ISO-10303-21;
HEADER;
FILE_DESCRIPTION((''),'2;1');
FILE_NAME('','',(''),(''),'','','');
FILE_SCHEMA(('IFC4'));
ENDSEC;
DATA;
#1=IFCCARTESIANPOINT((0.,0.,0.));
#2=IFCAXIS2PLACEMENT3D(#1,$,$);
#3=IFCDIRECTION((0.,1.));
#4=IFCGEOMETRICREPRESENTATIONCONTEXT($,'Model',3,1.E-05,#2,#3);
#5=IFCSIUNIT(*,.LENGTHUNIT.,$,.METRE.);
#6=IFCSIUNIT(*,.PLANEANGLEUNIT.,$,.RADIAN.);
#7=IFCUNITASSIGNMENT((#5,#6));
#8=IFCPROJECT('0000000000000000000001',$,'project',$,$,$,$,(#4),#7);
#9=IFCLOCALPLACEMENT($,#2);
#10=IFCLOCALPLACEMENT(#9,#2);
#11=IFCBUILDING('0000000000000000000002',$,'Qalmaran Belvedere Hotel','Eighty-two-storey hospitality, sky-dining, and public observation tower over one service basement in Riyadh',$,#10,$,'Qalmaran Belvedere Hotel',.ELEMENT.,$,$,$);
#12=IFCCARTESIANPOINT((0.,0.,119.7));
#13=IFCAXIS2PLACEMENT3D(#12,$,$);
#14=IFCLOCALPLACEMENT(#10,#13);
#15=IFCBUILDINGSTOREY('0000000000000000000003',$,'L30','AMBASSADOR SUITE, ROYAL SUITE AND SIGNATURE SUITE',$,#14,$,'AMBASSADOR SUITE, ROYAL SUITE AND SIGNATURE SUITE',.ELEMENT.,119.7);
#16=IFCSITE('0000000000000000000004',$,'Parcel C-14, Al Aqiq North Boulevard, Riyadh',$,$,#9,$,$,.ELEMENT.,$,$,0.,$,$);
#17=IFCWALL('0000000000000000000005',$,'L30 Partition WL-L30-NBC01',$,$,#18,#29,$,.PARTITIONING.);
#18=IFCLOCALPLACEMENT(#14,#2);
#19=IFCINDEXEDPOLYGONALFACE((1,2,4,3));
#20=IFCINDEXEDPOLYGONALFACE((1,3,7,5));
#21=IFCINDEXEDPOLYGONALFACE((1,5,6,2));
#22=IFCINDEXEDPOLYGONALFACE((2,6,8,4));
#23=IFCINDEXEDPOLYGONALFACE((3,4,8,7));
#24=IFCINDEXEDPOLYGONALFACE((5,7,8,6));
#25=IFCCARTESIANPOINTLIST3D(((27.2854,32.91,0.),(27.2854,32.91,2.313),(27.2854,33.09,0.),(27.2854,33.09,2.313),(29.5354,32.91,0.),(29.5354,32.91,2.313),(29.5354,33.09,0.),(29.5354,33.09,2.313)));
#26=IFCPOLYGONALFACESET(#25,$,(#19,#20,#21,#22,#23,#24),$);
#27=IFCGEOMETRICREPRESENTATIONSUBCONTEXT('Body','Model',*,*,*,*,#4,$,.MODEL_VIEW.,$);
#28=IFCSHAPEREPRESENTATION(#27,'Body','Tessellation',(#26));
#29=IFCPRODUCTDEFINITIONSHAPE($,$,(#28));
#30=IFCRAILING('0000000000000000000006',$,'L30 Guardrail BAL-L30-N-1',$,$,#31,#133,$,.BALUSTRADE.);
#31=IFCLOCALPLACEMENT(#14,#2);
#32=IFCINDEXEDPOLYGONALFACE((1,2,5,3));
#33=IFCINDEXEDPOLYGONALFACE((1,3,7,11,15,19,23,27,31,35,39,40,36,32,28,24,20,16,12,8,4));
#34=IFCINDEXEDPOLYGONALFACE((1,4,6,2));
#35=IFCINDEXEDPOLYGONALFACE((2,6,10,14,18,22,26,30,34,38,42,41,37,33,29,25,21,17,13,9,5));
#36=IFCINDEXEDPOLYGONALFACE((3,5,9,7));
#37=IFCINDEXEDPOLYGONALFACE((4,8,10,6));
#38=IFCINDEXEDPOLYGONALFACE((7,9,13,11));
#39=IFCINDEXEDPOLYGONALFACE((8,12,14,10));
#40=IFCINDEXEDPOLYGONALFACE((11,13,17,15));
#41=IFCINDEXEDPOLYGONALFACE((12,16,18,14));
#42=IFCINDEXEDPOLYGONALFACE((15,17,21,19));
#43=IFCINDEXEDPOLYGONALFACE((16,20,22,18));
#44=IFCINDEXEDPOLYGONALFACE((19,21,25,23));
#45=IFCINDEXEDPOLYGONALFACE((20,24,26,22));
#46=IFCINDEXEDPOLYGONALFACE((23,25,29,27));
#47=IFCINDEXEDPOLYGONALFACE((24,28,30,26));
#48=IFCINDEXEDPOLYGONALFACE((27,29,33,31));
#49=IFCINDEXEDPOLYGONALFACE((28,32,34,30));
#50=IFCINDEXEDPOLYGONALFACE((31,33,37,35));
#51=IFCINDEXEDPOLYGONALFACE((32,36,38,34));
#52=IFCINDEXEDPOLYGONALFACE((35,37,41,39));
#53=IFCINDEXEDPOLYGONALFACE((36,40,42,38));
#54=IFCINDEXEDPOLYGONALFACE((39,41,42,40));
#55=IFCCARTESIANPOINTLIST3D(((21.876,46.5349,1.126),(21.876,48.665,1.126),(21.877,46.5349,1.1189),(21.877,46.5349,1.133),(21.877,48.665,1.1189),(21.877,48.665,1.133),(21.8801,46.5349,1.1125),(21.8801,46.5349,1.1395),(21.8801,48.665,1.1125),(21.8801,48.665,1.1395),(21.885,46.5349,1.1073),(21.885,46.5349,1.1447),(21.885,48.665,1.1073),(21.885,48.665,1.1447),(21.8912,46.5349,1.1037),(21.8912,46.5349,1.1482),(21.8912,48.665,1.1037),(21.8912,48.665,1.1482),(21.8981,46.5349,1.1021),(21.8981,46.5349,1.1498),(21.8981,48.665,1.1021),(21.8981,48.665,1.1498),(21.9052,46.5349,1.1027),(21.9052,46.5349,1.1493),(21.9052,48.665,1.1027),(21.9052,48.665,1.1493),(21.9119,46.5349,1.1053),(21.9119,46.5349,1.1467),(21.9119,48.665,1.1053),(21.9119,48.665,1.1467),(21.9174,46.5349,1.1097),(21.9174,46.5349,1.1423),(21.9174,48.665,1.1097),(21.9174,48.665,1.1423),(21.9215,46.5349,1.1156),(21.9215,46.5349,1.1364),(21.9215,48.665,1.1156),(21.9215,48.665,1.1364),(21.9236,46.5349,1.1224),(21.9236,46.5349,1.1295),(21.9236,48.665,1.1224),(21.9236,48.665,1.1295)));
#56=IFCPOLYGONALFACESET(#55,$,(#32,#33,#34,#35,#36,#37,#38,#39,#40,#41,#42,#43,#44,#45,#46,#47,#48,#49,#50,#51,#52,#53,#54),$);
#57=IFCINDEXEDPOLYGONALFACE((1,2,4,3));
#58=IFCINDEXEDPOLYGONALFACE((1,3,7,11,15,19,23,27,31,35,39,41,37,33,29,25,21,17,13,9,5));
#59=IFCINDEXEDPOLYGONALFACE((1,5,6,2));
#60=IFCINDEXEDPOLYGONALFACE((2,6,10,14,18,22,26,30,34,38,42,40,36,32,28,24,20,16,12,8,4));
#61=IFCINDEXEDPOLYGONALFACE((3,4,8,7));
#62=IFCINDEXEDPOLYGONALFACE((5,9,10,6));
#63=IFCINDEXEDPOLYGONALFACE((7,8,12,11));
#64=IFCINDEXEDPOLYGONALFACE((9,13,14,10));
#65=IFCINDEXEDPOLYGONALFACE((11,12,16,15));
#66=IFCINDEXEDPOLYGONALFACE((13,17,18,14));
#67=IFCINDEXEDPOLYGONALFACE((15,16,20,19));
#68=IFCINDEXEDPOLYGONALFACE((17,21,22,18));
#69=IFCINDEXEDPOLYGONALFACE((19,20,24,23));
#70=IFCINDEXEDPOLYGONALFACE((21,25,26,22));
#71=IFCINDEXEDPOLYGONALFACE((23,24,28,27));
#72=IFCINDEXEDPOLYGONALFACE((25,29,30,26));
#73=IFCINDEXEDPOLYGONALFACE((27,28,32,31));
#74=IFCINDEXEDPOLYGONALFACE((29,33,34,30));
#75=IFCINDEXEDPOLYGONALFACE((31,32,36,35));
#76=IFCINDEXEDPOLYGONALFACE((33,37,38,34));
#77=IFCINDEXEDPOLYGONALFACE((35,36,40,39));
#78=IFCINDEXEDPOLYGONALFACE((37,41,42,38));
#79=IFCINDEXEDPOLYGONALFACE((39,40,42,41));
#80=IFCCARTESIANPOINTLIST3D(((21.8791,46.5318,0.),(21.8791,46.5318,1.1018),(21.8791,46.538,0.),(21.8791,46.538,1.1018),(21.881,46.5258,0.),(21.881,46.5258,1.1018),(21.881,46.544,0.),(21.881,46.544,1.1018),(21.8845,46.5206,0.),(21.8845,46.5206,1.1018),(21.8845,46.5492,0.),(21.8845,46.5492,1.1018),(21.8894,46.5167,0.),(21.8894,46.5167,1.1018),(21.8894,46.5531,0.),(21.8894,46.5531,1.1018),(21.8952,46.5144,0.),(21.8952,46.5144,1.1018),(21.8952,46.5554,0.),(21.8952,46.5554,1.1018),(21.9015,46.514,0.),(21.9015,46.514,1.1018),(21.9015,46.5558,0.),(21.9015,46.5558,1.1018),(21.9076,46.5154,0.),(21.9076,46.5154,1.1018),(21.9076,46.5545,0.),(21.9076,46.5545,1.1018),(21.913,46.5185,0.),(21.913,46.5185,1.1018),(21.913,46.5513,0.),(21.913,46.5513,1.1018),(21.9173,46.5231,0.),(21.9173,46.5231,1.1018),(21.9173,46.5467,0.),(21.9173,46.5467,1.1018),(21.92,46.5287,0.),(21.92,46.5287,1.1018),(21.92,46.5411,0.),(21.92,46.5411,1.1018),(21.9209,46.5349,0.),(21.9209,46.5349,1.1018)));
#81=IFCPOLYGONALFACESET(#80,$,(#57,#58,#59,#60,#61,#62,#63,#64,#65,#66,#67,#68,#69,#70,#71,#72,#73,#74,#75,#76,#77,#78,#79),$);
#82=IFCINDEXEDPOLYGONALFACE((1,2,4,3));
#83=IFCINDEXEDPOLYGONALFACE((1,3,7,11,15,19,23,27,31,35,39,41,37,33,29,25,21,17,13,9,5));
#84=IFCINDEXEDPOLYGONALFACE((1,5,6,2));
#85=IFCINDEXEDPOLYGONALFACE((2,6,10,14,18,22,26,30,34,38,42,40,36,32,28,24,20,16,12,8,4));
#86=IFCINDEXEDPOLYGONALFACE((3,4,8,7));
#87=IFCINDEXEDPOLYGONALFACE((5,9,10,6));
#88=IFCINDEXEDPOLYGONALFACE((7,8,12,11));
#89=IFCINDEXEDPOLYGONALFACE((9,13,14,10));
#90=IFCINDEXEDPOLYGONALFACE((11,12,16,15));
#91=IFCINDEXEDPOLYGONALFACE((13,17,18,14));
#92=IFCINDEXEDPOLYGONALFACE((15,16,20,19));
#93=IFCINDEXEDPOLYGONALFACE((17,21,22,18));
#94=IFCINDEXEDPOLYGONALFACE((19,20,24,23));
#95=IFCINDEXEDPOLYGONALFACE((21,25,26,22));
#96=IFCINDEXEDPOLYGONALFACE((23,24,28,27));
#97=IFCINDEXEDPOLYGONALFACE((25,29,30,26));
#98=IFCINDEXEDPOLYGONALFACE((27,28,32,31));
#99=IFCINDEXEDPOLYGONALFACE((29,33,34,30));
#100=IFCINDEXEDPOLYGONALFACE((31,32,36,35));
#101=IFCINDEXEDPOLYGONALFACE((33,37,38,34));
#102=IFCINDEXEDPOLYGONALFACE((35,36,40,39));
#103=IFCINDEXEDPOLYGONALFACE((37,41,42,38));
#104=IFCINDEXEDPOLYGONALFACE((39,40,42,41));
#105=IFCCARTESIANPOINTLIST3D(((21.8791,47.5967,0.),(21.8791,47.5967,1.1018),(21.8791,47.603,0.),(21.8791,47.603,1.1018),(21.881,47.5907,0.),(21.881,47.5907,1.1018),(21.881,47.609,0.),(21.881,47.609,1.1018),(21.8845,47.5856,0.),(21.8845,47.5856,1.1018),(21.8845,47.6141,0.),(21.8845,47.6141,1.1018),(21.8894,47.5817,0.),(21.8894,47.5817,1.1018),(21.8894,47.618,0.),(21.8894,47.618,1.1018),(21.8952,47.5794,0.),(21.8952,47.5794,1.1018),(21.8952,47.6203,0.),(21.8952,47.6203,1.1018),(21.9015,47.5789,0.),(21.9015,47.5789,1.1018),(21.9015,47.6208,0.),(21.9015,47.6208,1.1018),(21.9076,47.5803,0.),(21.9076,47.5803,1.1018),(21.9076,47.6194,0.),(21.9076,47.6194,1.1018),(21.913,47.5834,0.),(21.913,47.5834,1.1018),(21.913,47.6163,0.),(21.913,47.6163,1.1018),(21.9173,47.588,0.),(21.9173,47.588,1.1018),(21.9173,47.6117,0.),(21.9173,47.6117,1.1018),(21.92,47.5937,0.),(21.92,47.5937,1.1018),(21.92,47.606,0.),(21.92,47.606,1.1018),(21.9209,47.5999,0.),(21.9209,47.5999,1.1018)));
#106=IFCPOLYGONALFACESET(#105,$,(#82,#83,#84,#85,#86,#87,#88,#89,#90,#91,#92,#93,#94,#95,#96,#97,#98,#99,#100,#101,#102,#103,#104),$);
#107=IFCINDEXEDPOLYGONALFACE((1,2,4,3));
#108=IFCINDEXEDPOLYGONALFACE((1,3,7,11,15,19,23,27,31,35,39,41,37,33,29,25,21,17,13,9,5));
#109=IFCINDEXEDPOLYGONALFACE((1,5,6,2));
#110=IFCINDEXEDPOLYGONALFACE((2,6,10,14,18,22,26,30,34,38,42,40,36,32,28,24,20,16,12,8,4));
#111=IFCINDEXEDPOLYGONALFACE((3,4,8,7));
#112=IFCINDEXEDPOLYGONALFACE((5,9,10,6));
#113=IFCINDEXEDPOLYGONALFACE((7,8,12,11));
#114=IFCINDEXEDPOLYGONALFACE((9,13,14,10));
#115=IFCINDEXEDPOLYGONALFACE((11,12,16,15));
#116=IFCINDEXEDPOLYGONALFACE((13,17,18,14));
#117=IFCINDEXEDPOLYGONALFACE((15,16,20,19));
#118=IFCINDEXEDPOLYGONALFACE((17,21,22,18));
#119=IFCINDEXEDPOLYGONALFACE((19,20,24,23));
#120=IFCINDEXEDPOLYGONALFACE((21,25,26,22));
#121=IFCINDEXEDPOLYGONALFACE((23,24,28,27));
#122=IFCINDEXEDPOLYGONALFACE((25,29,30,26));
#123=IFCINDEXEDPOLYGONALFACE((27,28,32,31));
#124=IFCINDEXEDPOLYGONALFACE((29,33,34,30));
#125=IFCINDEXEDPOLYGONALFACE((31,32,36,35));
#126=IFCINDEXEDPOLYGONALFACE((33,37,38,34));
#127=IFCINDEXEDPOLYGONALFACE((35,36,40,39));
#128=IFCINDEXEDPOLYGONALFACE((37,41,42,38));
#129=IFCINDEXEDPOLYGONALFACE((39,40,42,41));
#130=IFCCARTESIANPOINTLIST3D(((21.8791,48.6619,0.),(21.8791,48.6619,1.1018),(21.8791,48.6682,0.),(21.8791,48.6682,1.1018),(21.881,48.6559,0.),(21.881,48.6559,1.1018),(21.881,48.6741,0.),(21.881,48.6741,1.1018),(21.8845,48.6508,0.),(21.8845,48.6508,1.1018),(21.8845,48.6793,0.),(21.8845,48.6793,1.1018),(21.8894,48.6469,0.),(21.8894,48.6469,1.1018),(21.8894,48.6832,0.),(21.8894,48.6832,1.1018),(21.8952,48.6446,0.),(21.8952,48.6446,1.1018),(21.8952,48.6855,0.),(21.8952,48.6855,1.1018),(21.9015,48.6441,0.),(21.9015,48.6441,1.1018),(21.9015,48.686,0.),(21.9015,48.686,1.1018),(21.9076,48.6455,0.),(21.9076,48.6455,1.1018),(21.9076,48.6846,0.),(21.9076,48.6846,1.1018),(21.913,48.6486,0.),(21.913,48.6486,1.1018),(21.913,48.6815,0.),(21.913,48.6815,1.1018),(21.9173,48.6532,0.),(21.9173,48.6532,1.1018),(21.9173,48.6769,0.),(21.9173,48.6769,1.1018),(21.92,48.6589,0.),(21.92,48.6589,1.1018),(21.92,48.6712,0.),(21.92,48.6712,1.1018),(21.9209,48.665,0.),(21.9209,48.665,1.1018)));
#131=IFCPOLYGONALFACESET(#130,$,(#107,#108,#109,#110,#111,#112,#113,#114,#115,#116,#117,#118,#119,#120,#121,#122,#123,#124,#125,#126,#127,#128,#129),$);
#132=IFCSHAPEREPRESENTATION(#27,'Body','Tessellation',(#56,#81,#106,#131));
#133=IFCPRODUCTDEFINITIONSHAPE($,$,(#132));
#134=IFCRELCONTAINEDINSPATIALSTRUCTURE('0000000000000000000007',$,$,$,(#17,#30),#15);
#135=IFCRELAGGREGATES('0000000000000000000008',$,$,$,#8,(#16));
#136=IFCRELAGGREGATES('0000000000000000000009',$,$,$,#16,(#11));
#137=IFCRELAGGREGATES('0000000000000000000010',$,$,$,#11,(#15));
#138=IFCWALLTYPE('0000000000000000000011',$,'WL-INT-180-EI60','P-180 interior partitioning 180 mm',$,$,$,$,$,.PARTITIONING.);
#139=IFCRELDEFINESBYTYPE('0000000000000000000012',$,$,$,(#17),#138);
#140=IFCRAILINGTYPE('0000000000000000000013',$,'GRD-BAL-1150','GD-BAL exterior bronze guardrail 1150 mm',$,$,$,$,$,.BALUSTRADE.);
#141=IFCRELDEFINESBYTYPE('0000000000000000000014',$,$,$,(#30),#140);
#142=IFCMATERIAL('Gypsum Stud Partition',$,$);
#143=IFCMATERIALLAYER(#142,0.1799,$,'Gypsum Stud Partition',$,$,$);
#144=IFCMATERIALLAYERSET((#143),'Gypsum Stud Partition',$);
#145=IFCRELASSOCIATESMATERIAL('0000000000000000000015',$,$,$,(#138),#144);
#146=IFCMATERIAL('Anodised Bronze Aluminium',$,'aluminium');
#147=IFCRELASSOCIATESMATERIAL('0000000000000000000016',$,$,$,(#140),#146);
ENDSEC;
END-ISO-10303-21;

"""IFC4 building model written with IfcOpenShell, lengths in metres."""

from ifc_helpers import new_model, si_unit, direction, frame, frame_2d, origin, origin_2d, place, context, subcontext, project, spatial, rectangle, circle, extrude, material, layer, layer_set, type_object, element, save


model = new_model("IFC4")

# Units and contexts
model_context = context("Model", 3, precision=1e-05, world=origin(), true_north=direction((0.0, 1.0)))
body_context = subcontext(model_context, "Body", "Model", "MODEL_VIEW")
ifc_project = project(units=[si_unit("LENGTHUNIT", "METRE"), si_unit("PLANEANGLEUNIT", "RADIAN")], contexts=[model_context])

# Site, building, storey
site_placement = place(None, origin())
site = spatial("IfcSite", under=ifc_project, at=site_placement, Name="Parcel C-14, Al Aqiq North Boulevard, Riyadh", CompositionType="ELEMENT", RefElevation=0.0)
building_placement = place(site_placement, origin())
building = spatial("IfcBuilding", under=site, at=building_placement, Name="Qalmaran Belvedere Hotel", Description="Eighty-two-storey hospitality, sky-dining, and public observation tower over one service basement in Riyadh", LongName="Qalmaran Belvedere Hotel", CompositionType="ELEMENT")
storey_placement = place(building_placement, frame((0.0, 0.0, 119.7)))
storey = spatial("IfcBuildingStorey", under=building, at=storey_placement, Name="L30", Description="AMBASSADOR SUITE, ROYAL SUITE AND SIGNATURE SUITE", LongName="AMBASSADOR SUITE, ROYAL SUITE AND SIGNATURE SUITE", CompositionType="ELEMENT", Elevation=119.7)

# Shared definitions
ifc_material_1 = material(Name="Anodised Bronze Aluminium", Category="aluminium")

# Wall
ifc_material_2 = material(Name="Gypsum Stud Partition")
ifc_layer_1 = layer(ifc_material_2, 0.1799, Name="Gypsum Stud Partition")
ifc_layer_set_1 = layer_set([ifc_layer_1], Name="Gypsum Stud Partition")
wall_type_1 = type_object("IfcWallType", Name="WL-INT-180-EI60", Description="P-180 interior partitioning 180 mm", PredefinedType="PARTITIONING", material=ifc_layer_set_1)
wall_1_placement = place(storey_placement, frame((27.2854, 33.0, 0.0), z_axis=(0.0, 0.0, 1.0), x_axis=(1.0, 0.0, 0.0)))
element("IfcWall", 1, at=wall_1_placement, inside=storey, type_object=wall_type_1, Name="L30 Partition WL-L30-NBC01", PredefinedType="PARTITIONING", context=body_context, shape_type="SweptSolid", body=[
    extrude(rectangle(XDim=2.25, YDim=0.1799, at=frame_2d((1.125, 0.0))), origin(), (0.0, 0.0, 1.0), 2.313),
])

# Railing
railing_type = type_object("IfcRailingType", Name="GRD-BAL-1150", Description="GD-BAL exterior bronze guardrail 1150 mm", PredefinedType="BALUSTRADE", material=ifc_material_1)
railing_1_placement = place(storey_placement, frame((21.8999, 46.5349, 0.0)))
element("IfcRailing", 2, at=railing_1_placement, inside=storey, type_object=railing_type, Name="L30 Guardrail BAL-L30-N-1", PredefinedType="BALUSTRADE", context=body_context, shape_type="SweptSolid", body=[
    extrude(circle(Radius=0.0239, at=origin_2d()), frame((0.0, 0.0, 1.126), z_axis=(0.0, 1.0, 0.0), x_axis=(-1.0, 0.0, 0.0)), (0.0, 0.0, 1.0), 2.1301),
    extrude(circle(Radius=0.021, at=origin_2d()), origin(), (0.0, 0.0, 1.0), 1.1018),
    extrude(circle(Radius=0.021, at=origin_2d()), frame((0.0, 1.0649, 0.0)), (0.0, 0.0, 1.0), 1.1018),
    extrude(circle(Radius=0.021, at=origin_2d()), frame((0.0, 2.1301, 0.0)), (0.0, 0.0, 1.0), 1.1018),
])

save(model, "model.ifc")
